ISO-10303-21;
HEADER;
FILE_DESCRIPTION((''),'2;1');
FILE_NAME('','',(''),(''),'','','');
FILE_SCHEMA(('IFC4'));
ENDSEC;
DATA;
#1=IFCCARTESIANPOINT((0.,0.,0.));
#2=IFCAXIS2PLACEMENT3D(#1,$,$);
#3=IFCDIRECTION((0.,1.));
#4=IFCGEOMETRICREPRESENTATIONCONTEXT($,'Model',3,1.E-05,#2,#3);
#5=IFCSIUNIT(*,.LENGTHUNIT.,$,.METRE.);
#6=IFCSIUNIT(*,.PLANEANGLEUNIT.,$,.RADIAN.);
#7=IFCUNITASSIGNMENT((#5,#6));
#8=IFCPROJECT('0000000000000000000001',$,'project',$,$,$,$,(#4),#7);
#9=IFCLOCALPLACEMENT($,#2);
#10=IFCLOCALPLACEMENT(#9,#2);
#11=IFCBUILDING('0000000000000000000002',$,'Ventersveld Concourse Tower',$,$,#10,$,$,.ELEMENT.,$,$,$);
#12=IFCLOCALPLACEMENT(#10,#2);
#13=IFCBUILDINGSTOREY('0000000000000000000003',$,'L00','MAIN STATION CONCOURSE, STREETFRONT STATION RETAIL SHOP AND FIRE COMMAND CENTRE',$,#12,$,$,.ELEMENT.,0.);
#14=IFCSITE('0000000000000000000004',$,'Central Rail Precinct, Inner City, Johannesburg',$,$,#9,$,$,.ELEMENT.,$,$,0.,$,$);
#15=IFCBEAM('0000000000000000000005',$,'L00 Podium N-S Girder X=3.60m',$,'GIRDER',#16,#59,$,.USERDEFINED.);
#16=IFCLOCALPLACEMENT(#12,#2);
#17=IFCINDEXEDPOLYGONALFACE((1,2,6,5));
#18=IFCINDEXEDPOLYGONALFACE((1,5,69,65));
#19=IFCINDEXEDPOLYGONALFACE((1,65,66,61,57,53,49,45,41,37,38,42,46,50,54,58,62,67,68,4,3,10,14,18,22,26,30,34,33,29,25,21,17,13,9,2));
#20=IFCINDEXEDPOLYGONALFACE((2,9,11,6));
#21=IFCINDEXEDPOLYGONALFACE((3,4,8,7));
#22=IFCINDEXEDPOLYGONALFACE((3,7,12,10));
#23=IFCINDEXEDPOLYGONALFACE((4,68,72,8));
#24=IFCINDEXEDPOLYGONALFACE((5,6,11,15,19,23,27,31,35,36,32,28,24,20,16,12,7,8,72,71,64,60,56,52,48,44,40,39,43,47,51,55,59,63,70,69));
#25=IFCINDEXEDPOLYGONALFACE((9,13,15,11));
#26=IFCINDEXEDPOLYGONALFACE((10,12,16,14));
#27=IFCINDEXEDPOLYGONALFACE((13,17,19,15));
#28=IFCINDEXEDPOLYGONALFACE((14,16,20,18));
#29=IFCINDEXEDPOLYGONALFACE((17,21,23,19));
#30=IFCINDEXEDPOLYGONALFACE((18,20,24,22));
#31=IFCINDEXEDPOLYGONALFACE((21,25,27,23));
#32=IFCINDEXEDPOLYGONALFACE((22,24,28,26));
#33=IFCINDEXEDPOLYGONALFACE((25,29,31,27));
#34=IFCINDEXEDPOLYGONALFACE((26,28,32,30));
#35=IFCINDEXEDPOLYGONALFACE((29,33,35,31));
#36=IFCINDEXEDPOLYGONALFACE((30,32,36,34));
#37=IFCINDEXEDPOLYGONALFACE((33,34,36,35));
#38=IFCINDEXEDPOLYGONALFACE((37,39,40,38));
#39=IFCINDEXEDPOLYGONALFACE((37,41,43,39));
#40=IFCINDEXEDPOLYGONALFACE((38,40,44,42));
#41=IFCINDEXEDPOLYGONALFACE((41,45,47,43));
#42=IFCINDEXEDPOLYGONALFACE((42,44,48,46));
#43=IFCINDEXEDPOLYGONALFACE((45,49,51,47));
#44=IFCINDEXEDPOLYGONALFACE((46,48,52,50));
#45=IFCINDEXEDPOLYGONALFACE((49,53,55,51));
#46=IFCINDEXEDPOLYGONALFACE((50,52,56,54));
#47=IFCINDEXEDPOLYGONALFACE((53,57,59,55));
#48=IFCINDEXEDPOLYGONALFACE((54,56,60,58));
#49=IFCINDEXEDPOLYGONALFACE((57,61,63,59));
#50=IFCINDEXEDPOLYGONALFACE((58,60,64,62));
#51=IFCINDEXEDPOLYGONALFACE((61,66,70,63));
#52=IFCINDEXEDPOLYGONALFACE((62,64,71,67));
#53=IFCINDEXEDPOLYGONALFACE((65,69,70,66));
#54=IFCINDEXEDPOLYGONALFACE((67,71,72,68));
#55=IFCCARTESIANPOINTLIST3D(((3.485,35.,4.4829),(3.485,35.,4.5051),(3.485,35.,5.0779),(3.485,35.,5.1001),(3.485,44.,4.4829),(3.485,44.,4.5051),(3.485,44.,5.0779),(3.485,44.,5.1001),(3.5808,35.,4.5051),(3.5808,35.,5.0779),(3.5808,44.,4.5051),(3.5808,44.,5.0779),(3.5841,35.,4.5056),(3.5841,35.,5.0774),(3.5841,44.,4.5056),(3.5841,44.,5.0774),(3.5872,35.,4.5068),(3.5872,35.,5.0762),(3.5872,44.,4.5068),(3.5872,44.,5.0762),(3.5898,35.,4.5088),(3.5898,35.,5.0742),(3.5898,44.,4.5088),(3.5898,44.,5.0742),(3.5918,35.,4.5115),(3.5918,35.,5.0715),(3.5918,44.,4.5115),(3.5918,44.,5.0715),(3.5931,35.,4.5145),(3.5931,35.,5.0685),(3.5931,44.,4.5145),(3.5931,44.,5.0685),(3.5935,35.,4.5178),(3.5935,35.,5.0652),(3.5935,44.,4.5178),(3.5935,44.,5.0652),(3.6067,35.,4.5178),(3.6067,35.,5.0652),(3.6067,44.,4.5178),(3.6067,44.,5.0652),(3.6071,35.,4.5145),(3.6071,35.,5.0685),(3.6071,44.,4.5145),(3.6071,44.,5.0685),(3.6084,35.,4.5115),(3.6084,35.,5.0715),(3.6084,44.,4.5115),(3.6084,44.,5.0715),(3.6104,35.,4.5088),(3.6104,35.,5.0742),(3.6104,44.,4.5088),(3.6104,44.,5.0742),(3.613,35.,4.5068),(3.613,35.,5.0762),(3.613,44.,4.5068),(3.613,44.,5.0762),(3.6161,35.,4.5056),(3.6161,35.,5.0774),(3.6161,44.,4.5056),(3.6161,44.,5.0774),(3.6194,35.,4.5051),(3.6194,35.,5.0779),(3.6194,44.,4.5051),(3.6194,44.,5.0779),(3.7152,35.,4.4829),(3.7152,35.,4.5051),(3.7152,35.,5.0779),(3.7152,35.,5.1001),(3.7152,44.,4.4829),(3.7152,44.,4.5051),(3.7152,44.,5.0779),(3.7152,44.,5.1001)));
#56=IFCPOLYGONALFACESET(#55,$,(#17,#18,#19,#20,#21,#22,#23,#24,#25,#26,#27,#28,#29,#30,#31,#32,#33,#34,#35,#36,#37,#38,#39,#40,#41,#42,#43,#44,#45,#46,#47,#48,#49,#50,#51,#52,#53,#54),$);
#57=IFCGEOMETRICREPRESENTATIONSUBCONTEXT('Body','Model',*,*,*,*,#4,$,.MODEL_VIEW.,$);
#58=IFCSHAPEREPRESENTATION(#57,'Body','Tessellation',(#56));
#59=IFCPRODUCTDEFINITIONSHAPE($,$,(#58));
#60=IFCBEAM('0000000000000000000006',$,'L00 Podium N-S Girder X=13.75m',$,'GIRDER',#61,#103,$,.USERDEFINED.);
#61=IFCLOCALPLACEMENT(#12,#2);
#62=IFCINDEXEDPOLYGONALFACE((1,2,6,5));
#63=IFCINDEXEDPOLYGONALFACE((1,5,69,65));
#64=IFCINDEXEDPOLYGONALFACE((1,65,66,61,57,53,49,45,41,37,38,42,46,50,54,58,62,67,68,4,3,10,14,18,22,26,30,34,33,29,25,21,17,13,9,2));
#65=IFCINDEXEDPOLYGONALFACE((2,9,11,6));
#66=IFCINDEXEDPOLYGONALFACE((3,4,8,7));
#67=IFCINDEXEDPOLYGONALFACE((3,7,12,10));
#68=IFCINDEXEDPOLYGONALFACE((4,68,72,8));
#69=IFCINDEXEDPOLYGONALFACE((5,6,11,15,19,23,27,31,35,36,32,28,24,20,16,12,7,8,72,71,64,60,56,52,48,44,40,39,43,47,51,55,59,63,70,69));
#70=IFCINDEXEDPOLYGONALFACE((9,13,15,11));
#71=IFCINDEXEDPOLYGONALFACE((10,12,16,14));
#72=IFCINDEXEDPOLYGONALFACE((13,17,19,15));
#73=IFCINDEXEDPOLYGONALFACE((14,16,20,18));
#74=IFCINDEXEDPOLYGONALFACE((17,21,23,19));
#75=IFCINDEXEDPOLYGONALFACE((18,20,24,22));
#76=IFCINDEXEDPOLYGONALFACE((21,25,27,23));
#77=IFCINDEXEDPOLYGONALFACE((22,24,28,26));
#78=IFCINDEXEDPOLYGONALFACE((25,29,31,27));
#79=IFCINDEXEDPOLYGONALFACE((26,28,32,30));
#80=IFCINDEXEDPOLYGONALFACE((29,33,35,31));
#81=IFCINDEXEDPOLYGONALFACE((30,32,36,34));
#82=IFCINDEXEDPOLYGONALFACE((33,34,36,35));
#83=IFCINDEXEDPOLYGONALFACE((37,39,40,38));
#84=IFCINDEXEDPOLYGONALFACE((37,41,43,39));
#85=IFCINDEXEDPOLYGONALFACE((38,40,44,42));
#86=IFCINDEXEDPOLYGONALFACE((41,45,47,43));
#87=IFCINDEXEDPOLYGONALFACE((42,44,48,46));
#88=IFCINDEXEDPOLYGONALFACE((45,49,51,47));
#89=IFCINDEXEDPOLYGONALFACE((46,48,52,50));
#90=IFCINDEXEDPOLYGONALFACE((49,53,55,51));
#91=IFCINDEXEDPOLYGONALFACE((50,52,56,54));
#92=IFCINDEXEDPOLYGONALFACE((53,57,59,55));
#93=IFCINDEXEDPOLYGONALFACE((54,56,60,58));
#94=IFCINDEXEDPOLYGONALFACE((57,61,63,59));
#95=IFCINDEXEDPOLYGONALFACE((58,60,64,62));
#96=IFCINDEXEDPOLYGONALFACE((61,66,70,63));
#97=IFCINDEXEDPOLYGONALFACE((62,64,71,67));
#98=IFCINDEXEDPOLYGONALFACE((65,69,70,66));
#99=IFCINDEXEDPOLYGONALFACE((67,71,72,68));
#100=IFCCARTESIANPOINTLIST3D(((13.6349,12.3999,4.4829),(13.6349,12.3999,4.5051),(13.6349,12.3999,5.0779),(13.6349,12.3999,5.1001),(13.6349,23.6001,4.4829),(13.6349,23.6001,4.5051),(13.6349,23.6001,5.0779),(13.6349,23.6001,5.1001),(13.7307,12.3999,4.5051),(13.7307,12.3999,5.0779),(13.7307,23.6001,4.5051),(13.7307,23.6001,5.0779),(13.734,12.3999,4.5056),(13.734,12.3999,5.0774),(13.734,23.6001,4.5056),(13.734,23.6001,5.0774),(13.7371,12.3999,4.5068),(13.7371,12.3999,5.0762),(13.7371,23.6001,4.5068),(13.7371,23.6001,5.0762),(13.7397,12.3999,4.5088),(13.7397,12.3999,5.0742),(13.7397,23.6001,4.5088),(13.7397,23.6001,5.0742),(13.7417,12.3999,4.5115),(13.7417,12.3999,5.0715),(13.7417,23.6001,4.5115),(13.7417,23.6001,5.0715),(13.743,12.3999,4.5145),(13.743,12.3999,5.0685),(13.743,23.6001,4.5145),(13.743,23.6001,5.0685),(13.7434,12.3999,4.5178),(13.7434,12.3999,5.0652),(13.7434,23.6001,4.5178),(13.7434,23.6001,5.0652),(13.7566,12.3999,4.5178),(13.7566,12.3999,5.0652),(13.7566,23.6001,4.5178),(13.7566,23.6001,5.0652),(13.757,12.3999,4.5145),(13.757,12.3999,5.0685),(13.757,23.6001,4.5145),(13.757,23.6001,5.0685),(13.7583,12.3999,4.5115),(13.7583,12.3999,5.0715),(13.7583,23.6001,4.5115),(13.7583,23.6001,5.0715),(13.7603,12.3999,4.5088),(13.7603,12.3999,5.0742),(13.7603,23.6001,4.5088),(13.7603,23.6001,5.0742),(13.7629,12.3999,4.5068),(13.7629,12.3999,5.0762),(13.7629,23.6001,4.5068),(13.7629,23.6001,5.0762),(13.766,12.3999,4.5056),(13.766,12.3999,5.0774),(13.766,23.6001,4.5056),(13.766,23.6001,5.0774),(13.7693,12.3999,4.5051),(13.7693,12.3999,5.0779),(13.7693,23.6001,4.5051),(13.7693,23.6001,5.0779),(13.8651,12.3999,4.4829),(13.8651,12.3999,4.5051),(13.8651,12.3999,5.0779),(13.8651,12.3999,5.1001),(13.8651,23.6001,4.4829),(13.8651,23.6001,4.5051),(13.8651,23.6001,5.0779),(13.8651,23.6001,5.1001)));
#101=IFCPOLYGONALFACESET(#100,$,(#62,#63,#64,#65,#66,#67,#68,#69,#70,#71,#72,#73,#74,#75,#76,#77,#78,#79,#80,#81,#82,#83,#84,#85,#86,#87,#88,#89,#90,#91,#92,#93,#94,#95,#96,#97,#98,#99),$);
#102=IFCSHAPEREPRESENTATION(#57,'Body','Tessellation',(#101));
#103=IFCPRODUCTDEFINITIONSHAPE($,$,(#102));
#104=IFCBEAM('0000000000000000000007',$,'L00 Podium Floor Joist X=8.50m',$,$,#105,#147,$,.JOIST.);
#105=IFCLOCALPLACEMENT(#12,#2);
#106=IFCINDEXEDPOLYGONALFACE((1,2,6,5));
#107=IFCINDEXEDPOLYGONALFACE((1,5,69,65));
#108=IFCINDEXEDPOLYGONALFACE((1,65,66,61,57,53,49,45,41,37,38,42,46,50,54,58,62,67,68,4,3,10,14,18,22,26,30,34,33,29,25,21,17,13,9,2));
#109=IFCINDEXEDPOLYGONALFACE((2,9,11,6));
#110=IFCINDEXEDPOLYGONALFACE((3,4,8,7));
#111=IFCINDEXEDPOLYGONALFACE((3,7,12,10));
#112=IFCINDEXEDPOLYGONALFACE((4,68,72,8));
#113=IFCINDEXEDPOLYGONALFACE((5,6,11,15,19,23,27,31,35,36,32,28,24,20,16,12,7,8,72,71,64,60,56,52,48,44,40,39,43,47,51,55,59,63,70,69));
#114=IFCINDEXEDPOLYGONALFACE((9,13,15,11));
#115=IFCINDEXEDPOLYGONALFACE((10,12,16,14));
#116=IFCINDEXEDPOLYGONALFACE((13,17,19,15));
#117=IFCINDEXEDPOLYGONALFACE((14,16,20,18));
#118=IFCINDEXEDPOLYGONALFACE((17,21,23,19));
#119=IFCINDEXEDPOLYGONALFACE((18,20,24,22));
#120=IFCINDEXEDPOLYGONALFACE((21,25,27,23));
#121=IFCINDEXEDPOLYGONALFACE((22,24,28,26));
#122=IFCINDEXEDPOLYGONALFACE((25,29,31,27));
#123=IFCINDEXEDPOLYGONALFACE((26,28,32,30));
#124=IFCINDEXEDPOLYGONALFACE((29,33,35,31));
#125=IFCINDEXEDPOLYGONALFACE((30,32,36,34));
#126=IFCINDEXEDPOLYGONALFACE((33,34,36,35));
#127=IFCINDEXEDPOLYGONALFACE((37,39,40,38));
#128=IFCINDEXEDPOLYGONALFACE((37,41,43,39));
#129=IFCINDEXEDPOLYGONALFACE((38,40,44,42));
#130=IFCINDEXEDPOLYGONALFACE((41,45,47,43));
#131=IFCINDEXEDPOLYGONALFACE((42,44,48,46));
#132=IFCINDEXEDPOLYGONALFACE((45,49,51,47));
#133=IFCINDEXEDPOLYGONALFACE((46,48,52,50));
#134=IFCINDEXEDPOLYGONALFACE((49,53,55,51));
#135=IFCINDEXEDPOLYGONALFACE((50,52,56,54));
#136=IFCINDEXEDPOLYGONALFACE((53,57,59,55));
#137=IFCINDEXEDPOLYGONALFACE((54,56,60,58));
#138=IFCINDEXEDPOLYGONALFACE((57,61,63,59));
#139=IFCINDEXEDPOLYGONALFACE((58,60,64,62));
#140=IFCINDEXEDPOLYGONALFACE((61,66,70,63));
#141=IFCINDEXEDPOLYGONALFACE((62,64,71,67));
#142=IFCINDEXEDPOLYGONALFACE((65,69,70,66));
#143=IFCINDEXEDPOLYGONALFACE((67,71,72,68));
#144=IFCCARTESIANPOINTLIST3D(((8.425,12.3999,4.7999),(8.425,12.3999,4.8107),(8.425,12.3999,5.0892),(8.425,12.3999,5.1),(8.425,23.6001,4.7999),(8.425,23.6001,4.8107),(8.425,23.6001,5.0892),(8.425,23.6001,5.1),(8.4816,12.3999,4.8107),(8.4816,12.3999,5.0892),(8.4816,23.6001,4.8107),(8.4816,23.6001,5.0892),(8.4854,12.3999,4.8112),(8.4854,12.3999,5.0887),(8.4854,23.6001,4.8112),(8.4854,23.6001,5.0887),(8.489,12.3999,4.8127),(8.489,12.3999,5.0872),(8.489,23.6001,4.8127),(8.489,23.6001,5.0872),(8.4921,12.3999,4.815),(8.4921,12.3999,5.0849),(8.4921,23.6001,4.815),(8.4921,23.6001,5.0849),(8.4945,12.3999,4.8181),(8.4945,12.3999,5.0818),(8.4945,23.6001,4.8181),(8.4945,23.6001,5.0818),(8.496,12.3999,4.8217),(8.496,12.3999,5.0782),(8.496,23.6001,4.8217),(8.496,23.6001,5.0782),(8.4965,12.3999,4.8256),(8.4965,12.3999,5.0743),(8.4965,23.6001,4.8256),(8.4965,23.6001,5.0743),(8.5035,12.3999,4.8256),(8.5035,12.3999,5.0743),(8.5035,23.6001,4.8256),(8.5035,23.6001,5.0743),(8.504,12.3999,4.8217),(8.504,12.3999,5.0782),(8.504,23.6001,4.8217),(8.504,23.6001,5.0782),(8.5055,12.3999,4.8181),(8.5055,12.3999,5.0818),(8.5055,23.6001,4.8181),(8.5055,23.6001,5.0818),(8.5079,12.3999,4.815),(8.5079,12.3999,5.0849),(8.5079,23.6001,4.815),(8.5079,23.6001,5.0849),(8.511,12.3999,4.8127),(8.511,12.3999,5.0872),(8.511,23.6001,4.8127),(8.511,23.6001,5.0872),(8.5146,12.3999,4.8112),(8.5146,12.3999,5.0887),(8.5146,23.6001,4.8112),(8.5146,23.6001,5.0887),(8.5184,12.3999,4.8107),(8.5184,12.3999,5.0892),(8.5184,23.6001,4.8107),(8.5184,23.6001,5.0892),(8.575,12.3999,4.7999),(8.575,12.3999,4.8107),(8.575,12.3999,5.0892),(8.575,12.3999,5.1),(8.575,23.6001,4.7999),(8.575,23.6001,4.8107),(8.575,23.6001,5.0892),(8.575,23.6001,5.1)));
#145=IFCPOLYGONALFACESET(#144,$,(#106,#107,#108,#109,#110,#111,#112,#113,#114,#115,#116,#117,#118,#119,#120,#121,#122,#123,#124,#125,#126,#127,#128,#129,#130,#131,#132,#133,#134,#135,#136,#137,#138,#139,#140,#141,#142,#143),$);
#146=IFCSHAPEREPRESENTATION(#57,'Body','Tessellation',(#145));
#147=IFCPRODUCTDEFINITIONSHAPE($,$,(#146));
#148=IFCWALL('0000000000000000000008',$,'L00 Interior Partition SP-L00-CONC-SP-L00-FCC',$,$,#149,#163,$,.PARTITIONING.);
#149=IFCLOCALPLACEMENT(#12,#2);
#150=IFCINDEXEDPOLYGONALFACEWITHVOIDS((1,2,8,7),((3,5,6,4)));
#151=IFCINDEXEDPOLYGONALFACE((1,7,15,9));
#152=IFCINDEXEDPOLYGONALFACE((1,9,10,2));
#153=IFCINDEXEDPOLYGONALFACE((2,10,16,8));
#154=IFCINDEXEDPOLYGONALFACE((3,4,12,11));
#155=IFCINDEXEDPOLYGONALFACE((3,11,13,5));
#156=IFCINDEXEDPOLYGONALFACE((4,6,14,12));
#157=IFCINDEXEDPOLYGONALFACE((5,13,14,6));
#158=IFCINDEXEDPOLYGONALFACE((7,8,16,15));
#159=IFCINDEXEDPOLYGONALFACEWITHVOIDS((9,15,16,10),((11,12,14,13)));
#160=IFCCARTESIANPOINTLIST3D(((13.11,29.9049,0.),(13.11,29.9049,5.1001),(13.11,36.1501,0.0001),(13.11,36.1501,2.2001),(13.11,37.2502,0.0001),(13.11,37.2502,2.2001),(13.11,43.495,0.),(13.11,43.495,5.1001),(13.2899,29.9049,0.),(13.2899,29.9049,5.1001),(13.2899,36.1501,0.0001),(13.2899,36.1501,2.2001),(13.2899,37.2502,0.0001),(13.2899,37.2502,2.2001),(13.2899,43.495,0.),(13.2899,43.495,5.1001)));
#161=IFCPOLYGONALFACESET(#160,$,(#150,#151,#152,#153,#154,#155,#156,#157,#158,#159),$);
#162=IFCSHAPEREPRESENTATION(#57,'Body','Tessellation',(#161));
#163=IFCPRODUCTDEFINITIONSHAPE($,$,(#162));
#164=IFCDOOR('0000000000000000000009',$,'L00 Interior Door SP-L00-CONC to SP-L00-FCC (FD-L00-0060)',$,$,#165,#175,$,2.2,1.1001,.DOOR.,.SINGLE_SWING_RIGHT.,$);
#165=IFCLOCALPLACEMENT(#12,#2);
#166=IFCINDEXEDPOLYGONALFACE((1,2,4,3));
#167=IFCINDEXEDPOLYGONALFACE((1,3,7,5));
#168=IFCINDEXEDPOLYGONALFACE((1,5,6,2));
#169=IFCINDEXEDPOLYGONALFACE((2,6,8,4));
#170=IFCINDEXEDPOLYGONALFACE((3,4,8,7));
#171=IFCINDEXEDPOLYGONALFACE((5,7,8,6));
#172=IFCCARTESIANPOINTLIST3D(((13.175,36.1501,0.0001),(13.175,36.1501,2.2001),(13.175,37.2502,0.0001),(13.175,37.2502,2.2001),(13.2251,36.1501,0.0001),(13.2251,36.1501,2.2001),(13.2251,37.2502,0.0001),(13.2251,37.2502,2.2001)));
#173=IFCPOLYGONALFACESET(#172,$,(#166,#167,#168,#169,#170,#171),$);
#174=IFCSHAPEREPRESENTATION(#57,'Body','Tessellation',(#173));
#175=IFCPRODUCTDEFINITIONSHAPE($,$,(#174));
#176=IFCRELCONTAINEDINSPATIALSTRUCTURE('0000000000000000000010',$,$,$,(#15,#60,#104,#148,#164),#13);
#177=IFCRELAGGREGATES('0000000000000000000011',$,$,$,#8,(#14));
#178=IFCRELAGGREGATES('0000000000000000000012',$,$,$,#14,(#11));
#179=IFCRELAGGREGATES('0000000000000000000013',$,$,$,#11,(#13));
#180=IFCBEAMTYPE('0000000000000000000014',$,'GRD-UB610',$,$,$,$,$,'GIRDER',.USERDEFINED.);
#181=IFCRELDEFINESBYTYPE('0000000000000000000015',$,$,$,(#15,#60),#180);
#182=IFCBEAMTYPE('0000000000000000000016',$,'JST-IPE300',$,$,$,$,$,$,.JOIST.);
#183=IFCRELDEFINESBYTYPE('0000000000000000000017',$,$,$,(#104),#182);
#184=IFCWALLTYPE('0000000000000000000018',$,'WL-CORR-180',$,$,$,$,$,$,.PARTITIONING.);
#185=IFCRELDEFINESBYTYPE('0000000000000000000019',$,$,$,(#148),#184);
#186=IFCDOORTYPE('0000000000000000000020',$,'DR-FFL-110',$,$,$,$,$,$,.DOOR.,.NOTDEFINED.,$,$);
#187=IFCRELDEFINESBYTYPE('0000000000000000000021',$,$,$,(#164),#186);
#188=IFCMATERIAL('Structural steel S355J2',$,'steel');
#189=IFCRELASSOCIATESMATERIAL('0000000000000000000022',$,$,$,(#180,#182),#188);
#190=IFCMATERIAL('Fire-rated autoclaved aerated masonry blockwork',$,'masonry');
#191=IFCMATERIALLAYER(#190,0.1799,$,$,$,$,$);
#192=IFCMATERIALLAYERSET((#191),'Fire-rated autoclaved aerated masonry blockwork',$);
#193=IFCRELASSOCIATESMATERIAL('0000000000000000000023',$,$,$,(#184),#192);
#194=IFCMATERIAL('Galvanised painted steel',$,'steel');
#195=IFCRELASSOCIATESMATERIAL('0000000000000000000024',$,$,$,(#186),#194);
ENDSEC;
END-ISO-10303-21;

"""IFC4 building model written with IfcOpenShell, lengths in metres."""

from ifc_helpers import new_model, si_unit, direction, frame, frame_2d, origin, origin_2d, place, context, subcontext, project, spatial, rectangle, i_section, extrude, material, layer, layer_set, material_profile, profile_set, type_object, element, fill, save


model = new_model("IFC4")

# Units and contexts
model_context = context("Model", 3, precision=1e-05, world=origin(), true_north=direction((0.0, 1.0)))
body_context = subcontext(model_context, "Body", "Model", "MODEL_VIEW")
ifc_project = project(units=[si_unit("LENGTHUNIT", "METRE"), si_unit("PLANEANGLEUNIT", "RADIAN")], contexts=[model_context])

# Site, building, storey
site_placement = place(None, origin())
site = spatial("IfcSite", under=ifc_project, at=site_placement, Name="Central Rail Precinct, Inner City, Johannesburg", CompositionType="ELEMENT", RefElevation=0.0)
building_placement = place(site_placement, origin())
building = spatial("IfcBuilding", under=site, at=building_placement, Name="Ventersveld Concourse Tower", CompositionType="ELEMENT")
storey_placement = place(building_placement, origin())
storey = spatial("IfcBuildingStorey", under=building, at=storey_placement, Name="L00", Description="MAIN STATION CONCOURSE, STREETFRONT STATION RETAIL SHOP AND FIRE COMMAND CENTRE", CompositionType="ELEMENT", Elevation=0.0)

# Beams
ifc_material_1 = material(Name="Structural steel S355J2", Category="steel")
ifc_material_profile_1 = material_profile(ifc_material_1, i_section(OverallWidth=0.2302, OverallDepth=0.6172, WebThickness=0.0132, FlangeThickness=0.0222, FilletRadius=0.0127, at=origin_2d()), Name="UB 610x229x140")
ifc_profile_set_1 = profile_set([ifc_material_profile_1], Name="Structural steel S355J2")
beam_type_1 = type_object("IfcBeamType", Name="GRD-UB610", ElementType="GIRDER", PredefinedType="USERDEFINED", material=ifc_profile_set_1)
beam_1_placement = place(storey_placement, frame((3.6001, 35.0, 4.7915), z_axis=(0.0, 1.0, 0.0), x_axis=(-1.0, 0.0, 0.0)))
element("IfcBeam", 1, at=beam_1_placement, inside=storey, type_object=beam_type_1, Name="L00 Podium N-S Girder X=3.60m", ObjectType="GIRDER", PredefinedType="USERDEFINED", context=body_context, shape_type="SweptSolid", body=[
    extrude(i_section(OverallWidth=0.2302, OverallDepth=0.6172, WebThickness=0.0132, FlangeThickness=0.0222, FilletRadius=0.0127, at=origin_2d()), origin(), (0.0, 0.0, 1.0), 9.0),
])
beam_2_placement = place(storey_placement, frame((13.75, 12.3999, 4.7915), z_axis=(0.0, 1.0, 0.0), x_axis=(-1.0, 0.0, 0.0)))
element("IfcBeam", 2, at=beam_2_placement, inside=storey, type_object=beam_type_1, Name="L00 Podium N-S Girder X=13.75m", ObjectType="GIRDER", PredefinedType="USERDEFINED", context=body_context, shape_type="SweptSolid", body=[
    extrude(i_section(OverallWidth=0.2302, OverallDepth=0.6172, WebThickness=0.0132, FlangeThickness=0.0222, FilletRadius=0.0127, at=origin_2d()), origin(), (0.0, 0.0, 1.0), 11.2002),
])
ifc_material_profile_2 = material_profile(ifc_material_1, i_section(OverallWidth=0.1499, OverallDepth=0.3, WebThickness=0.0071, FlangeThickness=0.0107, FilletRadius=0.0149, at=origin_2d()), Name="IPE 300")
ifc_profile_set_2 = profile_set([ifc_material_profile_2], Name="Structural steel S355J2")
beam_type_2 = type_object("IfcBeamType", Name="JST-IPE300", PredefinedType="JOIST", material=ifc_profile_set_2)
beam_3_placement = place(storey_placement, frame((8.5, 12.3999, 4.95), z_axis=(0.0, 1.0, 0.0), x_axis=(-1.0, 0.0, 0.0)))
element("IfcBeam", 3, at=beam_3_placement, inside=storey, type_object=beam_type_2, Name="L00 Podium Floor Joist X=8.50m", PredefinedType="JOIST", context=body_context, shape_type="SweptSolid", body=[
    extrude(i_section(OverallWidth=0.1499, OverallDepth=0.3, WebThickness=0.0071, FlangeThickness=0.0107, FilletRadius=0.0149, at=origin_2d()), origin(), (0.0, 0.0, 1.0), 11.2002),
])

# Wall, opening, door
ifc_material_2 = material(Name="Fire-rated autoclaved aerated masonry blockwork", Category="masonry")
ifc_layer_1 = layer(ifc_material_2, 0.1799)
ifc_layer_set_1 = layer_set([ifc_layer_1], Name="Fire-rated autoclaved aerated masonry blockwork")
wall_type_1 = type_object("IfcWallType", Name="WL-CORR-180", PredefinedType="PARTITIONING", material=ifc_layer_set_1)
wall_1_placement = place(storey_placement, frame((13.2, 29.905, 0.0), z_axis=(0.0, 0.0, 1.0), x_axis=(0.0, 1.0, 0.0)))
wall_1 = element("IfcWall", 4, at=wall_1_placement, inside=storey, type_object=wall_type_1, Name="L00 Interior Partition SP-L00-CONC-SP-L00-FCC", PredefinedType="PARTITIONING", context=body_context, shape_type="SweptSolid", body=[
    extrude(rectangle(XDim=13.5901, YDim=0.1799, at=frame_2d((6.7949, 0.0))), origin(), (0.0, 0.0, 1.0), 5.1001),
])
opening_1_placement = place(wall_1_placement, frame((6.2451, 0.0, 0.0)))
opening_1 = element("IfcOpeningElement", 5, at=opening_1_placement, cuts=wall_1, PredefinedType="OPENING", context=body_context, shape_type="SweptSolid", body=[
    extrude(rectangle(XDim=1.1001, YDim=2.2, at=frame_2d((0.55, 1.1001))), frame((0.0, 0.1001, 0.0), z_axis=(0.0, -1.0, 0.0), x_axis=(1.0, 0.0, 0.0)), (0.0, 0.0, 1.0), 0.2),
])
ifc_material_3 = material(Name="Galvanised painted steel", Category="steel")
door_type_1 = type_object("IfcDoorType", Name="DR-FFL-110", OperationType="NOTDEFINED", PredefinedType="DOOR", material=ifc_material_3)
door_1_placement = place(opening_1_placement, origin())
door_1 = element("IfcDoor", 6, at=door_1_placement, inside=storey, type_object=door_type_1, Name="L00 Interior Door SP-L00-CONC to SP-L00-FCC (FD-L00-0060)", OperationType="SINGLE_SWING_RIGHT", OverallHeight=2.2, OverallWidth=1.1001, PredefinedType="DOOR", context=body_context, shape_type="SweptSolid", body=[
    extrude(rectangle(XDim=1.1001, YDim=2.2, at=frame_2d((0.55, 1.1001))), frame((0.0, 0.0249, 0.0), z_axis=(0.0, -1.0, 0.0), x_axis=(1.0, 0.0, 0.0)), (0.0, 0.0, 1.0), 0.05),
])
fill(opening_1, door_1)

save(model, "model.ifc")
